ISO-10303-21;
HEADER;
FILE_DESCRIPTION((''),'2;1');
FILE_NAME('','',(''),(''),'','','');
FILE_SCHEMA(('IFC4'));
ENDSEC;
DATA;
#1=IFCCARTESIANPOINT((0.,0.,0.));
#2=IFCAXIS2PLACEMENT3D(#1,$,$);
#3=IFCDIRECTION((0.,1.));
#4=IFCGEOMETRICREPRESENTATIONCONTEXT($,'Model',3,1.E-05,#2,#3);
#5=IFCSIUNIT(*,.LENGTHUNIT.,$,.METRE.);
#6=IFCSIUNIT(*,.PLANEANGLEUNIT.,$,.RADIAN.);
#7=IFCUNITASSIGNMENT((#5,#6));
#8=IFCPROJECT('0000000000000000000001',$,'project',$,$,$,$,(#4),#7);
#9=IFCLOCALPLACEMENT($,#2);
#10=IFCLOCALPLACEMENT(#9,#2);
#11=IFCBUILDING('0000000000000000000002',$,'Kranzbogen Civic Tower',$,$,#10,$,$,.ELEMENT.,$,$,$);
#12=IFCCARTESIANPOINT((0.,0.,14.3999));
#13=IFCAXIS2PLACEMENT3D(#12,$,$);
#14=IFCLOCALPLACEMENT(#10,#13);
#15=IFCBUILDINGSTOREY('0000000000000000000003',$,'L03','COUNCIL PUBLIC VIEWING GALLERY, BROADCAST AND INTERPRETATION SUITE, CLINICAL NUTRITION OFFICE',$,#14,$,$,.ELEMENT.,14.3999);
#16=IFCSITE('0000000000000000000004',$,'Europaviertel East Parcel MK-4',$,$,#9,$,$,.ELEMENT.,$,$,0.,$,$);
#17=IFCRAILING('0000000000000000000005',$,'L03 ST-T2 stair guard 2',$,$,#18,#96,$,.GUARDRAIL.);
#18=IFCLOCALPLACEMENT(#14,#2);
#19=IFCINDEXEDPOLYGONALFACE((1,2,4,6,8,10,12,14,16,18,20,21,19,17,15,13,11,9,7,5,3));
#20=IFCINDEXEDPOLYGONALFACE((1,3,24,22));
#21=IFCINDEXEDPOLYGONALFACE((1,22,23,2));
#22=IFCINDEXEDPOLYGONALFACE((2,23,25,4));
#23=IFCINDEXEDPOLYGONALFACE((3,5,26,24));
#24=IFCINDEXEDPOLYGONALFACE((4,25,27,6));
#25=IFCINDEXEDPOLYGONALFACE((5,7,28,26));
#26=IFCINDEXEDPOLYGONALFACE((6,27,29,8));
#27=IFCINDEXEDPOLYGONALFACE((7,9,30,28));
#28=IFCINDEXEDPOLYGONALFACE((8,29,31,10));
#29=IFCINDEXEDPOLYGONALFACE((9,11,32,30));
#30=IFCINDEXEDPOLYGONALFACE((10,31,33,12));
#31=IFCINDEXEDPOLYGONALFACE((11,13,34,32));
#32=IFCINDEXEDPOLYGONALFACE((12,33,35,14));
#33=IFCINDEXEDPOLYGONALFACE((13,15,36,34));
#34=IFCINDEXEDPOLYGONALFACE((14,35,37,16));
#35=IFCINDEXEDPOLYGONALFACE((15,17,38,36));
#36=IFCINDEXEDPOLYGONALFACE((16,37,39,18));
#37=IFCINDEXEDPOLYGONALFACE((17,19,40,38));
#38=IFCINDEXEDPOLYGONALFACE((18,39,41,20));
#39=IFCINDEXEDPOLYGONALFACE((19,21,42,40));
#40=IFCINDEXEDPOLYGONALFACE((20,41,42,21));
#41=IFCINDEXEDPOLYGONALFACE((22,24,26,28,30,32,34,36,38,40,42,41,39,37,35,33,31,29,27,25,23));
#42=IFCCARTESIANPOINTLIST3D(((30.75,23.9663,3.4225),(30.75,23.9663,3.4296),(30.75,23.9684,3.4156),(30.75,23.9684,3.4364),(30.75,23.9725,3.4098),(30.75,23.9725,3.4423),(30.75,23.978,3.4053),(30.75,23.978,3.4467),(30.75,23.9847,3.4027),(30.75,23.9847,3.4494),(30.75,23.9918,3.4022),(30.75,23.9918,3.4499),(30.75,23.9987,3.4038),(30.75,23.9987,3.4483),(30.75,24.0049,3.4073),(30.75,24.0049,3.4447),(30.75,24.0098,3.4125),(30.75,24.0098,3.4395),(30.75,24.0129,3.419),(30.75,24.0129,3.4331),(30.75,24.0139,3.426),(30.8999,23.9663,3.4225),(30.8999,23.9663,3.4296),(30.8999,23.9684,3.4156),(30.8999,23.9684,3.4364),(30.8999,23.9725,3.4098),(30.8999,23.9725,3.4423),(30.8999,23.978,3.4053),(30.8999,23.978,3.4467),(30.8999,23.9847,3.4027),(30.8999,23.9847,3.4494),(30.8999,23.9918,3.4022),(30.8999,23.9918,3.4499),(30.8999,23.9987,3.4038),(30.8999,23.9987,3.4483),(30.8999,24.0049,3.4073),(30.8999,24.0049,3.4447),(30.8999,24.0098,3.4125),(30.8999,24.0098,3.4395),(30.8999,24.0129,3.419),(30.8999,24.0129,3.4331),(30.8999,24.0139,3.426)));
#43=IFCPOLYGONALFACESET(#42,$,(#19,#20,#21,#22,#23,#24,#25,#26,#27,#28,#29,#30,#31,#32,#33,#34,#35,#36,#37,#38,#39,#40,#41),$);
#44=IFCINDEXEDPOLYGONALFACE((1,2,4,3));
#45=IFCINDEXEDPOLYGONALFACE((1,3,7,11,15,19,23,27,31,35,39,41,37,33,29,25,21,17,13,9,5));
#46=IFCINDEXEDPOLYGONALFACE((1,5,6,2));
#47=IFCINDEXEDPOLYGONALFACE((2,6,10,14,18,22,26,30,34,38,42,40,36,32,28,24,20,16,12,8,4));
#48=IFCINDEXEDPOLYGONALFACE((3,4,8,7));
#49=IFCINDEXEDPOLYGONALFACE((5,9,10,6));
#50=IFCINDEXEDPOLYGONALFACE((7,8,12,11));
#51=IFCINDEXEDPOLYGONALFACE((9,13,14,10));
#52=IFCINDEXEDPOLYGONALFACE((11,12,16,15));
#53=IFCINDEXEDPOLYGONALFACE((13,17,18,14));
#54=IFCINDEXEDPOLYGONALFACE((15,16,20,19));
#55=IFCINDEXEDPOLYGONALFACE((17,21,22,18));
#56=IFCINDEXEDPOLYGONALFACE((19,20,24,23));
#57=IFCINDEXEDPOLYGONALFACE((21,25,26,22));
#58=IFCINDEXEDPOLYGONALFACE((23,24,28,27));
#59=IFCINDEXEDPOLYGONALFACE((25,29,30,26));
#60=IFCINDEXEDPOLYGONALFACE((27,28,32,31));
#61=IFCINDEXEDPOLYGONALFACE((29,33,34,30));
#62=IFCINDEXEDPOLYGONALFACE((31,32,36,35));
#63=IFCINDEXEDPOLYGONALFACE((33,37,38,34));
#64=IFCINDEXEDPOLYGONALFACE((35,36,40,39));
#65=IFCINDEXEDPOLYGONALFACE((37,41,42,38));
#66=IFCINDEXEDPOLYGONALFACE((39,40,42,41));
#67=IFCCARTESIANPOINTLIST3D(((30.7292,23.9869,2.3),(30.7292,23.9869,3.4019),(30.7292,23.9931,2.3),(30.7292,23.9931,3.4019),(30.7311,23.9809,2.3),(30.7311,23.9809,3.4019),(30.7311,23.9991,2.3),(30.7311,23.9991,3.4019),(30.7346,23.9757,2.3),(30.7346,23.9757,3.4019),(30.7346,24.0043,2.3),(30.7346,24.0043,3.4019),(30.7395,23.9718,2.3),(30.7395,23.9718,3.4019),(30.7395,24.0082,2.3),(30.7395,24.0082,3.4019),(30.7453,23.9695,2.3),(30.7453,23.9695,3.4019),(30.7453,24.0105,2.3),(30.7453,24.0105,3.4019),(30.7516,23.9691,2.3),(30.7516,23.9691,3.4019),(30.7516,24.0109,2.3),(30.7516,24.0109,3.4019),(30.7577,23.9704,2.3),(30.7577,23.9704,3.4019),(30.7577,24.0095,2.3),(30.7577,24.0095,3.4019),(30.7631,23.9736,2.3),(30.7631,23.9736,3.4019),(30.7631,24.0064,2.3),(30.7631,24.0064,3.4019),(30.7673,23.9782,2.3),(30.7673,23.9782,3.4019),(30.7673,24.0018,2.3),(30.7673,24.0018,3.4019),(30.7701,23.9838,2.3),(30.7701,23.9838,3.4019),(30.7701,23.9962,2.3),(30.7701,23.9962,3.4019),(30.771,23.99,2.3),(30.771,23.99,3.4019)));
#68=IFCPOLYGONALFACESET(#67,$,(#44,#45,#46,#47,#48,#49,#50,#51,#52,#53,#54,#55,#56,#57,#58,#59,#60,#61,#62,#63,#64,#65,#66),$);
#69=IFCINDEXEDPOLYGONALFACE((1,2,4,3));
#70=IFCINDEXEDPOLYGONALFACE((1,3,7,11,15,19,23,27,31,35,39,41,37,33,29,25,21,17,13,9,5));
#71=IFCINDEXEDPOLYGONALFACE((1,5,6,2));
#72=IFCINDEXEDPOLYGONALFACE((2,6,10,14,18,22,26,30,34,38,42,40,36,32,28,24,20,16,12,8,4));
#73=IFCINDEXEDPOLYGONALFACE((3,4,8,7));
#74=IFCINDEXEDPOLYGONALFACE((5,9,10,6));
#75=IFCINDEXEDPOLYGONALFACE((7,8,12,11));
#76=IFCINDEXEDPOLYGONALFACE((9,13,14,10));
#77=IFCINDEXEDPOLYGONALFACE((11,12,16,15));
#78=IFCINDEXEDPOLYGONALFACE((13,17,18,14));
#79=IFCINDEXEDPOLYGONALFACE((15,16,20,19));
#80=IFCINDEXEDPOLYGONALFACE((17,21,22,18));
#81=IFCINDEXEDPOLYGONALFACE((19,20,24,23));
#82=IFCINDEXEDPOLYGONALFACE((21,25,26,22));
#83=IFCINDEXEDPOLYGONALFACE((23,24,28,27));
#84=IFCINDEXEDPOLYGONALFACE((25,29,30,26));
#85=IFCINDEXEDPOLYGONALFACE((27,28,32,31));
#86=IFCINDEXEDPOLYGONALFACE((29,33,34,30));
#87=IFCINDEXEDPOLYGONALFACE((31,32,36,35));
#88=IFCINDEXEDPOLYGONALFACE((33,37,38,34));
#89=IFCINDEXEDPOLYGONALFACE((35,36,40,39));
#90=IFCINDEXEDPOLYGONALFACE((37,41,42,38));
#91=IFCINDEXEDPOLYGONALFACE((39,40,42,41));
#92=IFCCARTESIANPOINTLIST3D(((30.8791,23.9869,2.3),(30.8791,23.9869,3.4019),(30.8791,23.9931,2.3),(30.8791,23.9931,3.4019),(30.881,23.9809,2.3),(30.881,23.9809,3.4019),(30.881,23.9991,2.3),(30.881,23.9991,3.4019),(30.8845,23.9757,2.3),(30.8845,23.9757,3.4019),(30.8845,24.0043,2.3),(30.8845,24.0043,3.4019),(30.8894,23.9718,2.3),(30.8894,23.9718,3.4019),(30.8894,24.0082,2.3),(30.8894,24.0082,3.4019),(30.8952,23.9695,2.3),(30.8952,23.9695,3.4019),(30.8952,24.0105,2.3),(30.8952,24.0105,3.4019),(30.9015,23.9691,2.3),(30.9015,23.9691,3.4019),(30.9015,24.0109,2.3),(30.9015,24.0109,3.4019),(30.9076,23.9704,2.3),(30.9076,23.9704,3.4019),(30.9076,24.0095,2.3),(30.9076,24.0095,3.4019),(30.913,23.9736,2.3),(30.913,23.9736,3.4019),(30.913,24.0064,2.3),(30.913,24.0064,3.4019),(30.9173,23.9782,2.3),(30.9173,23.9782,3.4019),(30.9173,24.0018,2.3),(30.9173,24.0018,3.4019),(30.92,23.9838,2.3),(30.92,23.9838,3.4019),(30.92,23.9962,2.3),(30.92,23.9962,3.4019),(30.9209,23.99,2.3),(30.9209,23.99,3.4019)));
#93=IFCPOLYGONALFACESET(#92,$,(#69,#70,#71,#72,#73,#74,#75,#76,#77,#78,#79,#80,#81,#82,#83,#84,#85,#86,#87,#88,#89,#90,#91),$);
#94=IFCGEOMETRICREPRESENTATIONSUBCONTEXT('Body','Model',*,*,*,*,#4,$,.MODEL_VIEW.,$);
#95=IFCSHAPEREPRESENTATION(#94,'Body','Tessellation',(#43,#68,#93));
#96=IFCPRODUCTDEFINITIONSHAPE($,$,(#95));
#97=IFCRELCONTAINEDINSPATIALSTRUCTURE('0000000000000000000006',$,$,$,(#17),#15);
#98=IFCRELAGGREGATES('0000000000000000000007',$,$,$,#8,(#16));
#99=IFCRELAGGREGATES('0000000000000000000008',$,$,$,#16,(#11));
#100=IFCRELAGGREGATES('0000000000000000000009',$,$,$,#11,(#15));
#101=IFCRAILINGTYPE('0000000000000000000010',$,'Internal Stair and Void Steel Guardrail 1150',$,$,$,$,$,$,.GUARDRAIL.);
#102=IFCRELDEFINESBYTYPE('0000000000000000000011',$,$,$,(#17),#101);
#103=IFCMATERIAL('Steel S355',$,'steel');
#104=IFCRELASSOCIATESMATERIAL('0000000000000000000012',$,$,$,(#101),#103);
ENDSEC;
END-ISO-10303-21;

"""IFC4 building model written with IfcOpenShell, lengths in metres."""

from ifc_helpers import new_model, si_unit, direction, frame, origin, origin_2d, place, context, subcontext, project, spatial, circle, extrude, material, type_object, element, save


model = new_model("IFC4")

# Units and contexts
model_context = context("Model", 3, precision=1e-05, world=origin(), true_north=direction((0.0, 1.0)))
body_context = subcontext(model_context, "Body", "Model", "MODEL_VIEW")
ifc_project = project(units=[si_unit("LENGTHUNIT", "METRE"), si_unit("PLANEANGLEUNIT", "RADIAN")], contexts=[model_context])

# Site, building, storey
site_placement = place(None, origin())
site = spatial("IfcSite", under=ifc_project, at=site_placement, Name="Europaviertel East Parcel MK-4", CompositionType="ELEMENT", RefElevation=0.0)
building_placement = place(site_placement, origin())
building = spatial("IfcBuilding", under=site, at=building_placement, Name="Kranzbogen Civic Tower", CompositionType="ELEMENT")
storey_placement = place(building_placement, frame((0.0, 0.0, 14.3999)))
storey = spatial("IfcBuildingStorey", under=building, at=storey_placement, Name="L03", Description="COUNCIL PUBLIC VIEWING GALLERY, BROADCAST AND INTERPRETATION SUITE, CLINICAL NUTRITION OFFICE", CompositionType="ELEMENT", Elevation=14.3999)

# Shared definitions
ifc_material_1 = material(Name="Steel S355", Category="steel")

# Railing
railing_type_1 = type_object("IfcRailingType", Name="Internal Stair and Void Steel Guardrail 1150", PredefinedType="GUARDRAIL", material=ifc_material_1)
railing_1_placement = place(storey_placement, frame((30.75, 23.99, 2.3)))
element("IfcRailing", 1, at=railing_1_placement, inside=storey, type_object=railing_type_1, Name="L03 ST-T2 stair guard 2", PredefinedType="GUARDRAIL", context=body_context, shape_type="SweptSolid", body=[
    extrude(circle(Radius=0.0239, at=origin_2d()), frame((0.0, 0.0, 1.126), z_axis=(1.0, 0.0, 0.0), x_axis=(0.0, 1.0, 0.0)), (0.0, 0.0, 1.0), 0.1499),
    extrude(circle(Radius=0.021, at=origin_2d()), origin(), (0.0, 0.0, 1.0), 1.1018),
    extrude(circle(Radius=0.021, at=origin_2d()), frame((0.1499, 0.0, 0.0)), (0.0, 0.0, 1.0), 1.1018),
])

save(model, "model.ifc")
